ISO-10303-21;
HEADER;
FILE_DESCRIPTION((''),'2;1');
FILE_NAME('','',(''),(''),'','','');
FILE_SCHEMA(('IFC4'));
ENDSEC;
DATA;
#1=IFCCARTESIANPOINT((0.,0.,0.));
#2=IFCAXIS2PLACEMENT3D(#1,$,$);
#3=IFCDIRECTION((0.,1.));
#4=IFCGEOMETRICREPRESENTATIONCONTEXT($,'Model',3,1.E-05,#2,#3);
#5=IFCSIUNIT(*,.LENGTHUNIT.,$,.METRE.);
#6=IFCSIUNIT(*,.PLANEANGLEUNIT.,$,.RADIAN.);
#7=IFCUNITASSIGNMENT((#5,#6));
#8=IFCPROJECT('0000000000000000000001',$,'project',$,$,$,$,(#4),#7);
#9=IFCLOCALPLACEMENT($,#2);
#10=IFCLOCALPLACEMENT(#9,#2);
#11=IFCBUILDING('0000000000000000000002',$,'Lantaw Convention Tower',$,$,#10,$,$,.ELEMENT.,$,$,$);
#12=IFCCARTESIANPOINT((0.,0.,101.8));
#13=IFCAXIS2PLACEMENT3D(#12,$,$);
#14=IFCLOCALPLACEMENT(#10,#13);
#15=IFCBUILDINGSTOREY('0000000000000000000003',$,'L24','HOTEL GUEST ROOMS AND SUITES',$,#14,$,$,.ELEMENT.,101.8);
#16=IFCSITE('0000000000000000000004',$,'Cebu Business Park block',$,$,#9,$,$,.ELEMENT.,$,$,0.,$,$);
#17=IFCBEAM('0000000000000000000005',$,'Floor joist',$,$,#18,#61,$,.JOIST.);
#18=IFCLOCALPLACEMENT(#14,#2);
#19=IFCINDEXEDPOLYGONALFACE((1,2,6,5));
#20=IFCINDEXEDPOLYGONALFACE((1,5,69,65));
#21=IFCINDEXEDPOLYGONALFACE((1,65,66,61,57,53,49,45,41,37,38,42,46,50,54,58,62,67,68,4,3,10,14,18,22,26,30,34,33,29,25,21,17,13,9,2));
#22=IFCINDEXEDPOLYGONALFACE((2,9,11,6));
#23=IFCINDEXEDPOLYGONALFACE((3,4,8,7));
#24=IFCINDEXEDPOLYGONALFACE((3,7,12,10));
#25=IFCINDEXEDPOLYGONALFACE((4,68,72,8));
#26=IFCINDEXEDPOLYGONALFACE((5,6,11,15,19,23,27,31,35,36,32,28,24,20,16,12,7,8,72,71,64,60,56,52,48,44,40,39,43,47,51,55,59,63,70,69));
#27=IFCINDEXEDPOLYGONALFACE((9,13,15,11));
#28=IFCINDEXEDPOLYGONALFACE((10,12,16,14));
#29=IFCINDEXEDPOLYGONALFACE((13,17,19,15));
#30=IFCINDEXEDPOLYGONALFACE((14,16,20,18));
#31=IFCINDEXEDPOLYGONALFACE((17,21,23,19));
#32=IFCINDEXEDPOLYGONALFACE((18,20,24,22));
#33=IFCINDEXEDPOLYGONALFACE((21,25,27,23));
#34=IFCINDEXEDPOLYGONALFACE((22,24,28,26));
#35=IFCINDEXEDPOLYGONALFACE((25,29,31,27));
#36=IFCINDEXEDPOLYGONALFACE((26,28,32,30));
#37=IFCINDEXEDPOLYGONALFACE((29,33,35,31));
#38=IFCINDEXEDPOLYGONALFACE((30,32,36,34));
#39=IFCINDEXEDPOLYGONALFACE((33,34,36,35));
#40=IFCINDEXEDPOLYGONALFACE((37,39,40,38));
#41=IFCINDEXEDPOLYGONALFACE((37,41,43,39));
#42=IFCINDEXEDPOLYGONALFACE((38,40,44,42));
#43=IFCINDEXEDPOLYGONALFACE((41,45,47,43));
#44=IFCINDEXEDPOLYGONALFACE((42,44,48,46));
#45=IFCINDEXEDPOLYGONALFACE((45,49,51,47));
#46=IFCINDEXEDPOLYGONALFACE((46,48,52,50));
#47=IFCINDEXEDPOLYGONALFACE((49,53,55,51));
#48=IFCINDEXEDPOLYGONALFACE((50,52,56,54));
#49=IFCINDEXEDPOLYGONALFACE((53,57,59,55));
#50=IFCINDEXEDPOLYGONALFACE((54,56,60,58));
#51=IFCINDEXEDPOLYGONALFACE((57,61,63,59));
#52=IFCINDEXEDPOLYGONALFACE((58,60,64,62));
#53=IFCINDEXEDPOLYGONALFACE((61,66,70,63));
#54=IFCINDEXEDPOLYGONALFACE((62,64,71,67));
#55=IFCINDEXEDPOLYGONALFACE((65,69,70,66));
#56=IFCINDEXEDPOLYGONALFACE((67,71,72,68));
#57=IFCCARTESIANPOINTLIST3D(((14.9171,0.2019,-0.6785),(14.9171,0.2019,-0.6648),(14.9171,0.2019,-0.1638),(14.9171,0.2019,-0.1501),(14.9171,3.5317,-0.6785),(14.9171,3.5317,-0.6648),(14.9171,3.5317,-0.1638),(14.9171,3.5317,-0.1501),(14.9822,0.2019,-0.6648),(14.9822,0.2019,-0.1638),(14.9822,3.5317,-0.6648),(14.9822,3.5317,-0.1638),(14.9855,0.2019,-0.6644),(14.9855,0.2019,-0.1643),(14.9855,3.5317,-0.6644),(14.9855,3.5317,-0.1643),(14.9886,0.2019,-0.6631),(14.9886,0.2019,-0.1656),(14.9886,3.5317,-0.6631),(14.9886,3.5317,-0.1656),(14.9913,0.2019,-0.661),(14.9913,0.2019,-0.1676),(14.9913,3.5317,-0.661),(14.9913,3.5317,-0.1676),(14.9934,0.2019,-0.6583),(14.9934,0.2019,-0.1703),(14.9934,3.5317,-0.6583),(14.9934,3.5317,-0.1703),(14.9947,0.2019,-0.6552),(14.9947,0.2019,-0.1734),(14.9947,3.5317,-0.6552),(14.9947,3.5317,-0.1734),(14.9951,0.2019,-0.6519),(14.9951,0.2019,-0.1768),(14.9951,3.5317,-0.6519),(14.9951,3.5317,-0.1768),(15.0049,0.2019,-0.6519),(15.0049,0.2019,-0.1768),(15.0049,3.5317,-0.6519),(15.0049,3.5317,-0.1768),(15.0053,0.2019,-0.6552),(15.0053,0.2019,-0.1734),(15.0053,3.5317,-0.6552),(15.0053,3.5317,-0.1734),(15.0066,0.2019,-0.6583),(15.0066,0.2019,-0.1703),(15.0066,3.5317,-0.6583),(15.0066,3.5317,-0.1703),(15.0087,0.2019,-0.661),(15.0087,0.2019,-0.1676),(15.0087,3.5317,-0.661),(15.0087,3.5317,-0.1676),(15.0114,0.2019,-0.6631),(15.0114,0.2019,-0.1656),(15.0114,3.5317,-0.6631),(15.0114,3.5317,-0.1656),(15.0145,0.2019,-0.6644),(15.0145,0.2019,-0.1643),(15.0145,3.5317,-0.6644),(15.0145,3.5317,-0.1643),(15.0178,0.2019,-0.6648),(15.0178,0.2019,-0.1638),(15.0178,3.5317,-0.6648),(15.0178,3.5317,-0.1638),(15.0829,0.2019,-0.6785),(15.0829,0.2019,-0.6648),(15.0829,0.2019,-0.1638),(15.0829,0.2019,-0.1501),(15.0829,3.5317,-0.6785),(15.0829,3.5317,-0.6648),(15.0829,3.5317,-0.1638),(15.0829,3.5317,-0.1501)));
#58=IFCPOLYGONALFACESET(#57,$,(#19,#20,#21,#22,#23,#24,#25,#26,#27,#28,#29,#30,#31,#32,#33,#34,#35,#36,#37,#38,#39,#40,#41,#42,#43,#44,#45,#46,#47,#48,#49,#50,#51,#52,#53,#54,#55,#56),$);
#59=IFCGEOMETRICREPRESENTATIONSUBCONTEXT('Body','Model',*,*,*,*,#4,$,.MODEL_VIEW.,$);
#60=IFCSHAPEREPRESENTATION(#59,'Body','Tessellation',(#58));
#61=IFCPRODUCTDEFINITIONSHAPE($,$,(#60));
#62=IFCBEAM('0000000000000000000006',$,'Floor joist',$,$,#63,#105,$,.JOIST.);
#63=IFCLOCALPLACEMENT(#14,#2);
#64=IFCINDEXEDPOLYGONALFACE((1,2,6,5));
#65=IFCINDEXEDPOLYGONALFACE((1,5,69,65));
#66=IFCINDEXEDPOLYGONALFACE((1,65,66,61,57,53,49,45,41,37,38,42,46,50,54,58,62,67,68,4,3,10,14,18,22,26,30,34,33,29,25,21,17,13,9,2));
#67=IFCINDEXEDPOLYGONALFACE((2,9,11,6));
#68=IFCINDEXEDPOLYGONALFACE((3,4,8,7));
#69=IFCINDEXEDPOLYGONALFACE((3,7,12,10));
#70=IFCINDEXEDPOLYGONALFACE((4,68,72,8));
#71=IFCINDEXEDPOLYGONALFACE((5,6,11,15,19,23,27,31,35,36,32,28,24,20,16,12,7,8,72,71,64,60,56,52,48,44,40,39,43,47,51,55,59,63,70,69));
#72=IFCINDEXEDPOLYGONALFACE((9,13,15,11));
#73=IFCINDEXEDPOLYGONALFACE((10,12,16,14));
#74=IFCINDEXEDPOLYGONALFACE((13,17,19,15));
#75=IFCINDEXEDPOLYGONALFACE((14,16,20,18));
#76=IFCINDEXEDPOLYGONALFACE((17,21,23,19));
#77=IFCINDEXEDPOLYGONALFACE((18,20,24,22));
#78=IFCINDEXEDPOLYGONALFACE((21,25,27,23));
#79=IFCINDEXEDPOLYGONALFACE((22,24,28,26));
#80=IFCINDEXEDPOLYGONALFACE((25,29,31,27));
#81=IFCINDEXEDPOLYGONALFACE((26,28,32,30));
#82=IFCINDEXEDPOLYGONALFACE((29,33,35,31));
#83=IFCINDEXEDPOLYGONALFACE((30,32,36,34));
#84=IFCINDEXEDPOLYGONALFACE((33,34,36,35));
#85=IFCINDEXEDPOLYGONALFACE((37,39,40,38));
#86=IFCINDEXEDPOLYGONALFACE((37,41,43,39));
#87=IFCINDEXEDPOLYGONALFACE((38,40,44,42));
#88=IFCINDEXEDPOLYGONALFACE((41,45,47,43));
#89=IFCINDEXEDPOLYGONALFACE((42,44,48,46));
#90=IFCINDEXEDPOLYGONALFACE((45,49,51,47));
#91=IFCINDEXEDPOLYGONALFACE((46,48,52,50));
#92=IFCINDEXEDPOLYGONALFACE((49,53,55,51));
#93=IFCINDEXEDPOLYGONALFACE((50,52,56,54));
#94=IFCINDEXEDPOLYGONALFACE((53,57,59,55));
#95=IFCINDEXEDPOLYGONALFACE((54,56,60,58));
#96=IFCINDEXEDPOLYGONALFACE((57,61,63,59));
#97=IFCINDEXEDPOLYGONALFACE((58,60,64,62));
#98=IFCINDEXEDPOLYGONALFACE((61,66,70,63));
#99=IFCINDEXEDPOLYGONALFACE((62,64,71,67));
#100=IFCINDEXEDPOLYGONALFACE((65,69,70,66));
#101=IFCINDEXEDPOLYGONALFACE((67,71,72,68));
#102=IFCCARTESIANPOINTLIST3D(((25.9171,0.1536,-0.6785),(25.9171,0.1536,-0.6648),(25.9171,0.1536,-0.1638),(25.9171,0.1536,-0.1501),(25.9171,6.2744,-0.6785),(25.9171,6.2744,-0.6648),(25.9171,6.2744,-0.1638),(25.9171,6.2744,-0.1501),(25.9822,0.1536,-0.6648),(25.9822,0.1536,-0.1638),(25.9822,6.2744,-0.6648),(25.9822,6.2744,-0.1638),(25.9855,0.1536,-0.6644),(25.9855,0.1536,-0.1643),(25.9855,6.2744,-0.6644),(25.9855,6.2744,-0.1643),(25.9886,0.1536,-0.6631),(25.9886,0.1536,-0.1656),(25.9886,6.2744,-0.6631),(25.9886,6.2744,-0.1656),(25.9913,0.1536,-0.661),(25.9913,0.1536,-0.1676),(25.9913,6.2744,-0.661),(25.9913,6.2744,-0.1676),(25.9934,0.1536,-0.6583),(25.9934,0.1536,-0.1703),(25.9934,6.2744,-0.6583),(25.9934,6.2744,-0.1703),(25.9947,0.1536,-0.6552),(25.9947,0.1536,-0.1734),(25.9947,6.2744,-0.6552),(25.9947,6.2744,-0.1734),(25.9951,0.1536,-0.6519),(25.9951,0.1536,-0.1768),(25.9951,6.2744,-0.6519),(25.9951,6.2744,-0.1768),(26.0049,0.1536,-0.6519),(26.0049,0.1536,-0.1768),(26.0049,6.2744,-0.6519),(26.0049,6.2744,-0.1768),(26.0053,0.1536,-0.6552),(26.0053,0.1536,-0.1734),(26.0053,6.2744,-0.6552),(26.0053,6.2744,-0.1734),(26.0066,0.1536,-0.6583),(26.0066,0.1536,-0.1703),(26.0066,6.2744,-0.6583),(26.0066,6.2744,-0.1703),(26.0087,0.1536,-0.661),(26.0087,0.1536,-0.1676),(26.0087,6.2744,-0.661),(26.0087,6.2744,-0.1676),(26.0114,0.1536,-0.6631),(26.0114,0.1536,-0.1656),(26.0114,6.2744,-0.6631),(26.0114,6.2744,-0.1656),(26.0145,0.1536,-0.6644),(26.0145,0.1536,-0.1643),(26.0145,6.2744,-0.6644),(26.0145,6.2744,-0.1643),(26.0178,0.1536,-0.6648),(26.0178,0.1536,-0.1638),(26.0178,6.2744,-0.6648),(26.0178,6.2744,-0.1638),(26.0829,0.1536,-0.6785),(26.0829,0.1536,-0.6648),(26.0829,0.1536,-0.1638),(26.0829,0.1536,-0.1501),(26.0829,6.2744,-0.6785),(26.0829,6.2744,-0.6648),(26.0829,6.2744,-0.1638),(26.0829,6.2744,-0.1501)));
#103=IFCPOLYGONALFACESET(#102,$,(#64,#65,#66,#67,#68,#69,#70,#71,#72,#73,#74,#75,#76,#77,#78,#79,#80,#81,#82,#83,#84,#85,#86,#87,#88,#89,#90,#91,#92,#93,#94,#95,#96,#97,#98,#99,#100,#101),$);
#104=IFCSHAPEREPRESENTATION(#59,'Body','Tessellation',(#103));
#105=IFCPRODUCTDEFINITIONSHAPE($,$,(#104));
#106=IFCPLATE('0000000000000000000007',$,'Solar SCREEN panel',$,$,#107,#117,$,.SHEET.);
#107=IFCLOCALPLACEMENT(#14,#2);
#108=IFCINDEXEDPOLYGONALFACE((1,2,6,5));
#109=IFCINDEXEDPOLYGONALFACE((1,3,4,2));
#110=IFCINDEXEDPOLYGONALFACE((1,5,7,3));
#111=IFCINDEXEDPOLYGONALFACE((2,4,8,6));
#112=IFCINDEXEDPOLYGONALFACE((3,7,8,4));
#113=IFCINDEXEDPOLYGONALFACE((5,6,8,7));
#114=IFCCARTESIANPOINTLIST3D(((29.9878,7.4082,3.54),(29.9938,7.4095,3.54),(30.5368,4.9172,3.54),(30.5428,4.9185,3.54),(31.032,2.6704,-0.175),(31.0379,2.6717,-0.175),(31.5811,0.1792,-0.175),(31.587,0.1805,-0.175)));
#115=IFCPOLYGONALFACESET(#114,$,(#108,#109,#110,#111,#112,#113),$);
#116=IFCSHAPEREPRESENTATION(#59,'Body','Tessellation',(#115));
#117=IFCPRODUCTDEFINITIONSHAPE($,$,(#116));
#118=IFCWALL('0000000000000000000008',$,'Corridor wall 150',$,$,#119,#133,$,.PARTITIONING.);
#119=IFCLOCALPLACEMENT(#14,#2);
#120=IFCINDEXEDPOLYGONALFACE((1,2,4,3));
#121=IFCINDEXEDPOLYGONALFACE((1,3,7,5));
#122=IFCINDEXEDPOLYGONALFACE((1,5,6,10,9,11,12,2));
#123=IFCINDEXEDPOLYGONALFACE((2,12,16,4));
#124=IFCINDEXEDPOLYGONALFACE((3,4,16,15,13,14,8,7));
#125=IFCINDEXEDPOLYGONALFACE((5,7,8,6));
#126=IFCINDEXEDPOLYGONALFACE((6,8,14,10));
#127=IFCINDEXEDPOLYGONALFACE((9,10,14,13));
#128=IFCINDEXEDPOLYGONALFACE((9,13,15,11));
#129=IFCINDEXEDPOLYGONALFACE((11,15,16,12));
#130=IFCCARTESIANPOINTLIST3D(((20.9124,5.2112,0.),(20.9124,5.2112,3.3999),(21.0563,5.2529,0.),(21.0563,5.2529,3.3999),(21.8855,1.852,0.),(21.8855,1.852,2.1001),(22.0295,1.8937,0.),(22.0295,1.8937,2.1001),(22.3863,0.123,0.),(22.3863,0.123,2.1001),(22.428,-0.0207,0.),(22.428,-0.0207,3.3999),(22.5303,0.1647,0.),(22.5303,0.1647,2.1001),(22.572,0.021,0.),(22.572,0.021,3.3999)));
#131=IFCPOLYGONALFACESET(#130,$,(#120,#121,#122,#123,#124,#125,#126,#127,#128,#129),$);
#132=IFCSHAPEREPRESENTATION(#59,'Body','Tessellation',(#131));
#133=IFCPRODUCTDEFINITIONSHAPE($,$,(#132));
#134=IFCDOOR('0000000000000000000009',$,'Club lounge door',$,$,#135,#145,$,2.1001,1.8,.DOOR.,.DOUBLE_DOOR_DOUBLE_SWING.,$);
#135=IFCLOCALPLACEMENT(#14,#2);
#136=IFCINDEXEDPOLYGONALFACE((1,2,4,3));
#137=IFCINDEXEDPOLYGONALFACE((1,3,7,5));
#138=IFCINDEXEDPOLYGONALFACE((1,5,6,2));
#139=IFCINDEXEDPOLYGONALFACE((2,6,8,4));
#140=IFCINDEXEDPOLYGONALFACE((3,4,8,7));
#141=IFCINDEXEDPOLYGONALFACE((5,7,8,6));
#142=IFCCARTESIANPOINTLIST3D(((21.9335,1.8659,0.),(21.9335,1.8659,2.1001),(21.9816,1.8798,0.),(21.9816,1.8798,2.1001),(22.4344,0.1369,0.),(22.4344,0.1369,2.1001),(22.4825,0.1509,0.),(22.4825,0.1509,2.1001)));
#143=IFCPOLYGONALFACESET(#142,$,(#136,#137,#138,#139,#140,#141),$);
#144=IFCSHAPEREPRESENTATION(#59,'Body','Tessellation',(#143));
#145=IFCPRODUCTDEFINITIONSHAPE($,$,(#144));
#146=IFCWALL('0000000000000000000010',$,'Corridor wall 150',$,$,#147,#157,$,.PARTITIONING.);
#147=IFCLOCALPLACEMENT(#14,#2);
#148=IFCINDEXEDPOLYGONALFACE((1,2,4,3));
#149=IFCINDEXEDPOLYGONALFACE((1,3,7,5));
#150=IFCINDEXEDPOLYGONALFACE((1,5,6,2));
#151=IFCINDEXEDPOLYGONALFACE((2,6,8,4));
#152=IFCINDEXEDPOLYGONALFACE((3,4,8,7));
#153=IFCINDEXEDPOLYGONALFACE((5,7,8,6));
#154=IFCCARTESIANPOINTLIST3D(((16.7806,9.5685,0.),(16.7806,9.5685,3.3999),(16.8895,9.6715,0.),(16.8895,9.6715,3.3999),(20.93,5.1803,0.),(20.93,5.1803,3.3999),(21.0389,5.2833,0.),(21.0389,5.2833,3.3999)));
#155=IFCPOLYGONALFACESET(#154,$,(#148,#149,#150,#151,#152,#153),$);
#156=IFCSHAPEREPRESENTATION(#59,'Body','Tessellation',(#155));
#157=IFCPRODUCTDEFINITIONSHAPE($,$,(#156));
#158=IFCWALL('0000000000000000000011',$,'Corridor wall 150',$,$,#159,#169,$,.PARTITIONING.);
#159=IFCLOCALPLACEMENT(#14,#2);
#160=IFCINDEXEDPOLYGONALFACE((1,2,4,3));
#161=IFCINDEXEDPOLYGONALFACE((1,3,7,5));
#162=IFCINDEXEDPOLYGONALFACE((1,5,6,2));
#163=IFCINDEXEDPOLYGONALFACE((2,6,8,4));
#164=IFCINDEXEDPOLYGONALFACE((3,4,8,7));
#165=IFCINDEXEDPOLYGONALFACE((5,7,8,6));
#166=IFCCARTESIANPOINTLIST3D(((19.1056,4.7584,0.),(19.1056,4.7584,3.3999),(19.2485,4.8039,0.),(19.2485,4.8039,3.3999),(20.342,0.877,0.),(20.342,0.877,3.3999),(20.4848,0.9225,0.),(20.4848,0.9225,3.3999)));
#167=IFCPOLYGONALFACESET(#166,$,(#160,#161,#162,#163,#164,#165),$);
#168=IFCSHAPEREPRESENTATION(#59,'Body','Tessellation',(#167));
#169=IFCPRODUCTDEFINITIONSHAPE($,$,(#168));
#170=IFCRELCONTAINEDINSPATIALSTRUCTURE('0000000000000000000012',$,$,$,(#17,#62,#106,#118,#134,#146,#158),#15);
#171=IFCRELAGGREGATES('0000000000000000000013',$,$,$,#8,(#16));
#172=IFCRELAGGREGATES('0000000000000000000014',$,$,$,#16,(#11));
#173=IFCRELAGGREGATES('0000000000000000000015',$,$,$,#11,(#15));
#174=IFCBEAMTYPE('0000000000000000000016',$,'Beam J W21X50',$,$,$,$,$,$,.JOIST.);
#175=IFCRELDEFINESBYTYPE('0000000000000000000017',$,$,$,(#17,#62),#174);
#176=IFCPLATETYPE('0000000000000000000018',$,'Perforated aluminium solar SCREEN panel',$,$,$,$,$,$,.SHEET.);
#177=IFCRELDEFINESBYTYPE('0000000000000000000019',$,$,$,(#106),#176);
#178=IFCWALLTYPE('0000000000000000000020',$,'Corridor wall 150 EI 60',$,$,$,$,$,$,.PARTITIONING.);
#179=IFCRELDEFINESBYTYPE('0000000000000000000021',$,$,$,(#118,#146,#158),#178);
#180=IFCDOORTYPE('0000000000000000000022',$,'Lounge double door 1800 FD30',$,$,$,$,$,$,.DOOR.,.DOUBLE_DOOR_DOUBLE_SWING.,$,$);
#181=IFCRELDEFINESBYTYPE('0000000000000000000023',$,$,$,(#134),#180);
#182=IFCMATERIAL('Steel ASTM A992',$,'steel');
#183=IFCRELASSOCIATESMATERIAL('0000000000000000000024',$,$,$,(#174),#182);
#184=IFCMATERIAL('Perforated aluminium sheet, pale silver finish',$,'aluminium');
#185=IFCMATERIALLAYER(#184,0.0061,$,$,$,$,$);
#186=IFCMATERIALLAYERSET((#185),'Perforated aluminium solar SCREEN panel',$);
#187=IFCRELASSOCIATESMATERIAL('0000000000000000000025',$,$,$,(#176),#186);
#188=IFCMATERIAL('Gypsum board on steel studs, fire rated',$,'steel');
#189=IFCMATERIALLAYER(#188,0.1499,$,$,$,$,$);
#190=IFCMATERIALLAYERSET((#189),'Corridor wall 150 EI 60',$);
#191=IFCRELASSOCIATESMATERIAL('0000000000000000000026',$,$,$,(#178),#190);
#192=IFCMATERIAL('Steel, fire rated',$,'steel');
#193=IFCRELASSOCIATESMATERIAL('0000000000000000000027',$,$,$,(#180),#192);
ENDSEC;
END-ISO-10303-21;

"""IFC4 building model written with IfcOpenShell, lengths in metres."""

from ifc_helpers import new_model, si_unit, direction, frame, frame_2d, origin, origin_2d, place, context, subcontext, project, spatial, polyline, rectangle, i_section, outline, extrude, material, layer, layer_set, material_profile, profile_set, type_object, element, fill, save


model = new_model("IFC4")

# Units and contexts
model_context = context("Model", 3, precision=1e-05, world=origin(), true_north=direction((0.0, 1.0)))
body_context = subcontext(model_context, "Body", "Model", "MODEL_VIEW")
ifc_project = project(units=[si_unit("LENGTHUNIT", "METRE"), si_unit("PLANEANGLEUNIT", "RADIAN")], contexts=[model_context])

# Site, building, storey
site_placement = place(None, origin())
site = spatial("IfcSite", under=ifc_project, at=site_placement, Name="Cebu Business Park block", CompositionType="ELEMENT", RefElevation=0.0)
building_placement = place(site_placement, origin())
building = spatial("IfcBuilding", under=site, at=building_placement, Name="Lantaw Convention Tower", CompositionType="ELEMENT")
storey_placement = place(building_placement, frame((0.0, 0.0, 101.8)))
storey = spatial("IfcBuildingStorey", under=building, at=storey_placement, Name="L24", Description="HOTEL GUEST ROOMS AND SUITES", CompositionType="ELEMENT", Elevation=101.8)

# Beams
ifc_material_1 = material(Name="Steel ASTM A992", Category="steel")
ifc_material_profile_1 = material_profile(ifc_material_1, i_section(OverallWidth=0.1658, OverallDepth=0.5283, WebThickness=0.0098, FlangeThickness=0.0137, FilletRadius=0.0129, at=origin_2d()), Name="W21X50")
ifc_profile_set_1 = profile_set([ifc_material_profile_1], Name="Steel ASTM A992")
beam_type_1 = type_object("IfcBeamType", Name="Beam J W21X50", PredefinedType="JOIST", material=ifc_profile_set_1)
beam_1_placement = place(storey_placement, frame((15.0, 0.2019, -0.4143), z_axis=(0.0, 1.0, 0.0), x_axis=(-1.0, 0.0, 0.0)))
element("IfcBeam", 1, at=beam_1_placement, inside=storey, type_object=beam_type_1, Name="Floor joist", PredefinedType="JOIST", context=body_context, shape_type="SweptSolid", body=[
    extrude(i_section(OverallWidth=0.1658, OverallDepth=0.5283, WebThickness=0.0098, FlangeThickness=0.0137, FilletRadius=0.0129, at=origin_2d()), origin(), (0.0, 0.0, 1.0), 3.3298),
])
beam_2_placement = place(storey_placement, frame((26.0, 0.1536, -0.4143), z_axis=(0.0, 1.0, 0.0), x_axis=(-1.0, 0.0, 0.0)))
element("IfcBeam", 2, at=beam_2_placement, inside=storey, type_object=beam_type_1, Name="Floor joist", PredefinedType="JOIST", context=body_context, shape_type="SweptSolid", body=[
    extrude(i_section(OverallWidth=0.1658, OverallDepth=0.5283, WebThickness=0.0098, FlangeThickness=0.0137, FilletRadius=0.0129, at=origin_2d()), origin(), (0.0, 0.0, 1.0), 6.1208),
])

# Plate
ifc_material_2 = material(Name="Perforated aluminium sheet, pale silver finish", Category="aluminium")
ifc_layer_1 = layer(ifc_material_2, 0.0061)
ifc_layer_set_1 = layer_set([ifc_layer_1], Name="Perforated aluminium solar SCREEN panel")
plate_type = type_object("IfcPlateType", Name="Perforated aluminium solar SCREEN panel", PredefinedType="SHEET", material=ifc_layer_set_1)
plate_placement = place(storey_placement, frame((31.5811, 0.1792, -0.175), z_axis=(-0.976559, -0.215248, 0.00003), x_axis=(-0.215248, 0.976559, 0.0)))
element("IfcPlate", 3, at=plate_placement, inside=storey, type_object=plate_type, Name="Solar SCREEN panel", PredefinedType="SHEET", context=body_context, shape_type="SweptSolid", body=[
    extrude(outline(polyline([(0.0, 0.0), (2.551, 0.0), (7.4025, -3.7151), (4.8517, -3.7151), (0.0, 0.0)])), origin(), (0.0, 0.0, -1.0), 0.0061),
])

# Wall, opening, door
ifc_material_3 = material(Name="Gypsum board on steel studs, fire rated", Category="steel")
ifc_layer_2 = layer(ifc_material_3, 0.1499)
ifc_layer_set_2 = layer_set([ifc_layer_2], Name="Corridor wall 150 EI 60")
wall_type_1 = type_object("IfcWallType", Name="Corridor wall 150 EI 60", PredefinedType="PARTITIONING", material=ifc_layer_set_2)
wall_1_placement = place(storey_placement, frame((22.5, 0.0, 0.0), z_axis=(0.0, 0.0, 1.0), x_axis=(-0.278247, 0.960509, 0.0)))
wall_1 = element("IfcWall", 4, at=wall_1_placement, inside=storey, type_object=wall_type_1, Name="Corridor wall 150", PredefinedType="PARTITIONING", context=body_context, shape_type="SweptSolid", body=[
    extrude(rectangle(XDim=5.447, YDim=0.1499, at=frame_2d((2.7236, 0.0))), origin(), (0.0, 0.0, 1.0), 3.3999),
])
opening_1_placement = place(wall_1_placement, frame((0.1499, 0.0, 0.0)))
opening_1 = element("IfcOpeningElement", 5, at=opening_1_placement, cuts=wall_1, PredefinedType="OPENING", context=body_context, shape_type="SweptSolid", body=[
    extrude(rectangle(XDim=1.8, YDim=2.1001, at=frame_2d((0.8999, 1.05))), frame((0.0, 0.085, 0.0), z_axis=(0.0, -1.0, 0.0), x_axis=(1.0, 0.0, 0.0)), (0.0, 0.0, 1.0), 0.1699),
])
ifc_material_4 = material(Name="Steel, fire rated", Category="steel")
door_type_1 = type_object("IfcDoorType", Name="Lounge double door 1800 FD30", OperationType="DOUBLE_DOOR_DOUBLE_SWING", PredefinedType="DOOR", material=ifc_material_4)
door_1_placement = place(opening_1_placement, origin())
door_1 = element("IfcDoor", 6, at=door_1_placement, inside=storey, type_object=door_type_1, Name="Club lounge door", OperationType="DOUBLE_DOOR_DOUBLE_SWING", OverallHeight=2.1001, OverallWidth=1.8, PredefinedType="DOOR", context=body_context, shape_type="SweptSolid", body=[
    extrude(rectangle(XDim=1.8, YDim=2.1001, at=frame_2d((0.8999, 1.05))), frame((0.0, 0.0249, 0.0), z_axis=(0.0, -1.0, 0.0), x_axis=(1.0, 0.0, 0.0)), (0.0, 0.0, 1.0), 0.05),
])
fill(opening_1, door_1)

# Walls
wall_2_placement = place(storey_placement, frame((20.9844, 5.2319, 0.0), z_axis=(0.0, 0.0, 1.0), x_axis=(-0.687063, 0.726598, 0.0)))
element("IfcWall", 7, at=wall_2_placement, inside=storey, type_object=wall_type_1, Name="Corridor wall 150", PredefinedType="PARTITIONING", context=body_context, shape_type="SweptSolid", body=[
    extrude(rectangle(XDim=6.0393, YDim=0.1499, at=frame_2d((3.0195, 0.0))), origin(), (0.0, 0.0, 1.0), 3.3999),
])
wall_3_placement = place(storey_placement, frame((20.4133, 0.8999, 0.0), z_axis=(0.0, 0.0, 1.0), x_axis=(-0.303505, 0.95283, 0.0)))
element("IfcWall", 8, at=wall_3_placement, inside=storey, type_object=wall_type_1, Name="Corridor wall 150", PredefinedType="PARTITIONING", context=body_context, shape_type="SweptSolid", body=[
    extrude(rectangle(XDim=4.0735, YDim=0.1499, at=frame_2d((2.0366, 0.0))), origin(), (0.0, 0.0, 1.0), 3.3999),
])

save(model, "model.ifc")
